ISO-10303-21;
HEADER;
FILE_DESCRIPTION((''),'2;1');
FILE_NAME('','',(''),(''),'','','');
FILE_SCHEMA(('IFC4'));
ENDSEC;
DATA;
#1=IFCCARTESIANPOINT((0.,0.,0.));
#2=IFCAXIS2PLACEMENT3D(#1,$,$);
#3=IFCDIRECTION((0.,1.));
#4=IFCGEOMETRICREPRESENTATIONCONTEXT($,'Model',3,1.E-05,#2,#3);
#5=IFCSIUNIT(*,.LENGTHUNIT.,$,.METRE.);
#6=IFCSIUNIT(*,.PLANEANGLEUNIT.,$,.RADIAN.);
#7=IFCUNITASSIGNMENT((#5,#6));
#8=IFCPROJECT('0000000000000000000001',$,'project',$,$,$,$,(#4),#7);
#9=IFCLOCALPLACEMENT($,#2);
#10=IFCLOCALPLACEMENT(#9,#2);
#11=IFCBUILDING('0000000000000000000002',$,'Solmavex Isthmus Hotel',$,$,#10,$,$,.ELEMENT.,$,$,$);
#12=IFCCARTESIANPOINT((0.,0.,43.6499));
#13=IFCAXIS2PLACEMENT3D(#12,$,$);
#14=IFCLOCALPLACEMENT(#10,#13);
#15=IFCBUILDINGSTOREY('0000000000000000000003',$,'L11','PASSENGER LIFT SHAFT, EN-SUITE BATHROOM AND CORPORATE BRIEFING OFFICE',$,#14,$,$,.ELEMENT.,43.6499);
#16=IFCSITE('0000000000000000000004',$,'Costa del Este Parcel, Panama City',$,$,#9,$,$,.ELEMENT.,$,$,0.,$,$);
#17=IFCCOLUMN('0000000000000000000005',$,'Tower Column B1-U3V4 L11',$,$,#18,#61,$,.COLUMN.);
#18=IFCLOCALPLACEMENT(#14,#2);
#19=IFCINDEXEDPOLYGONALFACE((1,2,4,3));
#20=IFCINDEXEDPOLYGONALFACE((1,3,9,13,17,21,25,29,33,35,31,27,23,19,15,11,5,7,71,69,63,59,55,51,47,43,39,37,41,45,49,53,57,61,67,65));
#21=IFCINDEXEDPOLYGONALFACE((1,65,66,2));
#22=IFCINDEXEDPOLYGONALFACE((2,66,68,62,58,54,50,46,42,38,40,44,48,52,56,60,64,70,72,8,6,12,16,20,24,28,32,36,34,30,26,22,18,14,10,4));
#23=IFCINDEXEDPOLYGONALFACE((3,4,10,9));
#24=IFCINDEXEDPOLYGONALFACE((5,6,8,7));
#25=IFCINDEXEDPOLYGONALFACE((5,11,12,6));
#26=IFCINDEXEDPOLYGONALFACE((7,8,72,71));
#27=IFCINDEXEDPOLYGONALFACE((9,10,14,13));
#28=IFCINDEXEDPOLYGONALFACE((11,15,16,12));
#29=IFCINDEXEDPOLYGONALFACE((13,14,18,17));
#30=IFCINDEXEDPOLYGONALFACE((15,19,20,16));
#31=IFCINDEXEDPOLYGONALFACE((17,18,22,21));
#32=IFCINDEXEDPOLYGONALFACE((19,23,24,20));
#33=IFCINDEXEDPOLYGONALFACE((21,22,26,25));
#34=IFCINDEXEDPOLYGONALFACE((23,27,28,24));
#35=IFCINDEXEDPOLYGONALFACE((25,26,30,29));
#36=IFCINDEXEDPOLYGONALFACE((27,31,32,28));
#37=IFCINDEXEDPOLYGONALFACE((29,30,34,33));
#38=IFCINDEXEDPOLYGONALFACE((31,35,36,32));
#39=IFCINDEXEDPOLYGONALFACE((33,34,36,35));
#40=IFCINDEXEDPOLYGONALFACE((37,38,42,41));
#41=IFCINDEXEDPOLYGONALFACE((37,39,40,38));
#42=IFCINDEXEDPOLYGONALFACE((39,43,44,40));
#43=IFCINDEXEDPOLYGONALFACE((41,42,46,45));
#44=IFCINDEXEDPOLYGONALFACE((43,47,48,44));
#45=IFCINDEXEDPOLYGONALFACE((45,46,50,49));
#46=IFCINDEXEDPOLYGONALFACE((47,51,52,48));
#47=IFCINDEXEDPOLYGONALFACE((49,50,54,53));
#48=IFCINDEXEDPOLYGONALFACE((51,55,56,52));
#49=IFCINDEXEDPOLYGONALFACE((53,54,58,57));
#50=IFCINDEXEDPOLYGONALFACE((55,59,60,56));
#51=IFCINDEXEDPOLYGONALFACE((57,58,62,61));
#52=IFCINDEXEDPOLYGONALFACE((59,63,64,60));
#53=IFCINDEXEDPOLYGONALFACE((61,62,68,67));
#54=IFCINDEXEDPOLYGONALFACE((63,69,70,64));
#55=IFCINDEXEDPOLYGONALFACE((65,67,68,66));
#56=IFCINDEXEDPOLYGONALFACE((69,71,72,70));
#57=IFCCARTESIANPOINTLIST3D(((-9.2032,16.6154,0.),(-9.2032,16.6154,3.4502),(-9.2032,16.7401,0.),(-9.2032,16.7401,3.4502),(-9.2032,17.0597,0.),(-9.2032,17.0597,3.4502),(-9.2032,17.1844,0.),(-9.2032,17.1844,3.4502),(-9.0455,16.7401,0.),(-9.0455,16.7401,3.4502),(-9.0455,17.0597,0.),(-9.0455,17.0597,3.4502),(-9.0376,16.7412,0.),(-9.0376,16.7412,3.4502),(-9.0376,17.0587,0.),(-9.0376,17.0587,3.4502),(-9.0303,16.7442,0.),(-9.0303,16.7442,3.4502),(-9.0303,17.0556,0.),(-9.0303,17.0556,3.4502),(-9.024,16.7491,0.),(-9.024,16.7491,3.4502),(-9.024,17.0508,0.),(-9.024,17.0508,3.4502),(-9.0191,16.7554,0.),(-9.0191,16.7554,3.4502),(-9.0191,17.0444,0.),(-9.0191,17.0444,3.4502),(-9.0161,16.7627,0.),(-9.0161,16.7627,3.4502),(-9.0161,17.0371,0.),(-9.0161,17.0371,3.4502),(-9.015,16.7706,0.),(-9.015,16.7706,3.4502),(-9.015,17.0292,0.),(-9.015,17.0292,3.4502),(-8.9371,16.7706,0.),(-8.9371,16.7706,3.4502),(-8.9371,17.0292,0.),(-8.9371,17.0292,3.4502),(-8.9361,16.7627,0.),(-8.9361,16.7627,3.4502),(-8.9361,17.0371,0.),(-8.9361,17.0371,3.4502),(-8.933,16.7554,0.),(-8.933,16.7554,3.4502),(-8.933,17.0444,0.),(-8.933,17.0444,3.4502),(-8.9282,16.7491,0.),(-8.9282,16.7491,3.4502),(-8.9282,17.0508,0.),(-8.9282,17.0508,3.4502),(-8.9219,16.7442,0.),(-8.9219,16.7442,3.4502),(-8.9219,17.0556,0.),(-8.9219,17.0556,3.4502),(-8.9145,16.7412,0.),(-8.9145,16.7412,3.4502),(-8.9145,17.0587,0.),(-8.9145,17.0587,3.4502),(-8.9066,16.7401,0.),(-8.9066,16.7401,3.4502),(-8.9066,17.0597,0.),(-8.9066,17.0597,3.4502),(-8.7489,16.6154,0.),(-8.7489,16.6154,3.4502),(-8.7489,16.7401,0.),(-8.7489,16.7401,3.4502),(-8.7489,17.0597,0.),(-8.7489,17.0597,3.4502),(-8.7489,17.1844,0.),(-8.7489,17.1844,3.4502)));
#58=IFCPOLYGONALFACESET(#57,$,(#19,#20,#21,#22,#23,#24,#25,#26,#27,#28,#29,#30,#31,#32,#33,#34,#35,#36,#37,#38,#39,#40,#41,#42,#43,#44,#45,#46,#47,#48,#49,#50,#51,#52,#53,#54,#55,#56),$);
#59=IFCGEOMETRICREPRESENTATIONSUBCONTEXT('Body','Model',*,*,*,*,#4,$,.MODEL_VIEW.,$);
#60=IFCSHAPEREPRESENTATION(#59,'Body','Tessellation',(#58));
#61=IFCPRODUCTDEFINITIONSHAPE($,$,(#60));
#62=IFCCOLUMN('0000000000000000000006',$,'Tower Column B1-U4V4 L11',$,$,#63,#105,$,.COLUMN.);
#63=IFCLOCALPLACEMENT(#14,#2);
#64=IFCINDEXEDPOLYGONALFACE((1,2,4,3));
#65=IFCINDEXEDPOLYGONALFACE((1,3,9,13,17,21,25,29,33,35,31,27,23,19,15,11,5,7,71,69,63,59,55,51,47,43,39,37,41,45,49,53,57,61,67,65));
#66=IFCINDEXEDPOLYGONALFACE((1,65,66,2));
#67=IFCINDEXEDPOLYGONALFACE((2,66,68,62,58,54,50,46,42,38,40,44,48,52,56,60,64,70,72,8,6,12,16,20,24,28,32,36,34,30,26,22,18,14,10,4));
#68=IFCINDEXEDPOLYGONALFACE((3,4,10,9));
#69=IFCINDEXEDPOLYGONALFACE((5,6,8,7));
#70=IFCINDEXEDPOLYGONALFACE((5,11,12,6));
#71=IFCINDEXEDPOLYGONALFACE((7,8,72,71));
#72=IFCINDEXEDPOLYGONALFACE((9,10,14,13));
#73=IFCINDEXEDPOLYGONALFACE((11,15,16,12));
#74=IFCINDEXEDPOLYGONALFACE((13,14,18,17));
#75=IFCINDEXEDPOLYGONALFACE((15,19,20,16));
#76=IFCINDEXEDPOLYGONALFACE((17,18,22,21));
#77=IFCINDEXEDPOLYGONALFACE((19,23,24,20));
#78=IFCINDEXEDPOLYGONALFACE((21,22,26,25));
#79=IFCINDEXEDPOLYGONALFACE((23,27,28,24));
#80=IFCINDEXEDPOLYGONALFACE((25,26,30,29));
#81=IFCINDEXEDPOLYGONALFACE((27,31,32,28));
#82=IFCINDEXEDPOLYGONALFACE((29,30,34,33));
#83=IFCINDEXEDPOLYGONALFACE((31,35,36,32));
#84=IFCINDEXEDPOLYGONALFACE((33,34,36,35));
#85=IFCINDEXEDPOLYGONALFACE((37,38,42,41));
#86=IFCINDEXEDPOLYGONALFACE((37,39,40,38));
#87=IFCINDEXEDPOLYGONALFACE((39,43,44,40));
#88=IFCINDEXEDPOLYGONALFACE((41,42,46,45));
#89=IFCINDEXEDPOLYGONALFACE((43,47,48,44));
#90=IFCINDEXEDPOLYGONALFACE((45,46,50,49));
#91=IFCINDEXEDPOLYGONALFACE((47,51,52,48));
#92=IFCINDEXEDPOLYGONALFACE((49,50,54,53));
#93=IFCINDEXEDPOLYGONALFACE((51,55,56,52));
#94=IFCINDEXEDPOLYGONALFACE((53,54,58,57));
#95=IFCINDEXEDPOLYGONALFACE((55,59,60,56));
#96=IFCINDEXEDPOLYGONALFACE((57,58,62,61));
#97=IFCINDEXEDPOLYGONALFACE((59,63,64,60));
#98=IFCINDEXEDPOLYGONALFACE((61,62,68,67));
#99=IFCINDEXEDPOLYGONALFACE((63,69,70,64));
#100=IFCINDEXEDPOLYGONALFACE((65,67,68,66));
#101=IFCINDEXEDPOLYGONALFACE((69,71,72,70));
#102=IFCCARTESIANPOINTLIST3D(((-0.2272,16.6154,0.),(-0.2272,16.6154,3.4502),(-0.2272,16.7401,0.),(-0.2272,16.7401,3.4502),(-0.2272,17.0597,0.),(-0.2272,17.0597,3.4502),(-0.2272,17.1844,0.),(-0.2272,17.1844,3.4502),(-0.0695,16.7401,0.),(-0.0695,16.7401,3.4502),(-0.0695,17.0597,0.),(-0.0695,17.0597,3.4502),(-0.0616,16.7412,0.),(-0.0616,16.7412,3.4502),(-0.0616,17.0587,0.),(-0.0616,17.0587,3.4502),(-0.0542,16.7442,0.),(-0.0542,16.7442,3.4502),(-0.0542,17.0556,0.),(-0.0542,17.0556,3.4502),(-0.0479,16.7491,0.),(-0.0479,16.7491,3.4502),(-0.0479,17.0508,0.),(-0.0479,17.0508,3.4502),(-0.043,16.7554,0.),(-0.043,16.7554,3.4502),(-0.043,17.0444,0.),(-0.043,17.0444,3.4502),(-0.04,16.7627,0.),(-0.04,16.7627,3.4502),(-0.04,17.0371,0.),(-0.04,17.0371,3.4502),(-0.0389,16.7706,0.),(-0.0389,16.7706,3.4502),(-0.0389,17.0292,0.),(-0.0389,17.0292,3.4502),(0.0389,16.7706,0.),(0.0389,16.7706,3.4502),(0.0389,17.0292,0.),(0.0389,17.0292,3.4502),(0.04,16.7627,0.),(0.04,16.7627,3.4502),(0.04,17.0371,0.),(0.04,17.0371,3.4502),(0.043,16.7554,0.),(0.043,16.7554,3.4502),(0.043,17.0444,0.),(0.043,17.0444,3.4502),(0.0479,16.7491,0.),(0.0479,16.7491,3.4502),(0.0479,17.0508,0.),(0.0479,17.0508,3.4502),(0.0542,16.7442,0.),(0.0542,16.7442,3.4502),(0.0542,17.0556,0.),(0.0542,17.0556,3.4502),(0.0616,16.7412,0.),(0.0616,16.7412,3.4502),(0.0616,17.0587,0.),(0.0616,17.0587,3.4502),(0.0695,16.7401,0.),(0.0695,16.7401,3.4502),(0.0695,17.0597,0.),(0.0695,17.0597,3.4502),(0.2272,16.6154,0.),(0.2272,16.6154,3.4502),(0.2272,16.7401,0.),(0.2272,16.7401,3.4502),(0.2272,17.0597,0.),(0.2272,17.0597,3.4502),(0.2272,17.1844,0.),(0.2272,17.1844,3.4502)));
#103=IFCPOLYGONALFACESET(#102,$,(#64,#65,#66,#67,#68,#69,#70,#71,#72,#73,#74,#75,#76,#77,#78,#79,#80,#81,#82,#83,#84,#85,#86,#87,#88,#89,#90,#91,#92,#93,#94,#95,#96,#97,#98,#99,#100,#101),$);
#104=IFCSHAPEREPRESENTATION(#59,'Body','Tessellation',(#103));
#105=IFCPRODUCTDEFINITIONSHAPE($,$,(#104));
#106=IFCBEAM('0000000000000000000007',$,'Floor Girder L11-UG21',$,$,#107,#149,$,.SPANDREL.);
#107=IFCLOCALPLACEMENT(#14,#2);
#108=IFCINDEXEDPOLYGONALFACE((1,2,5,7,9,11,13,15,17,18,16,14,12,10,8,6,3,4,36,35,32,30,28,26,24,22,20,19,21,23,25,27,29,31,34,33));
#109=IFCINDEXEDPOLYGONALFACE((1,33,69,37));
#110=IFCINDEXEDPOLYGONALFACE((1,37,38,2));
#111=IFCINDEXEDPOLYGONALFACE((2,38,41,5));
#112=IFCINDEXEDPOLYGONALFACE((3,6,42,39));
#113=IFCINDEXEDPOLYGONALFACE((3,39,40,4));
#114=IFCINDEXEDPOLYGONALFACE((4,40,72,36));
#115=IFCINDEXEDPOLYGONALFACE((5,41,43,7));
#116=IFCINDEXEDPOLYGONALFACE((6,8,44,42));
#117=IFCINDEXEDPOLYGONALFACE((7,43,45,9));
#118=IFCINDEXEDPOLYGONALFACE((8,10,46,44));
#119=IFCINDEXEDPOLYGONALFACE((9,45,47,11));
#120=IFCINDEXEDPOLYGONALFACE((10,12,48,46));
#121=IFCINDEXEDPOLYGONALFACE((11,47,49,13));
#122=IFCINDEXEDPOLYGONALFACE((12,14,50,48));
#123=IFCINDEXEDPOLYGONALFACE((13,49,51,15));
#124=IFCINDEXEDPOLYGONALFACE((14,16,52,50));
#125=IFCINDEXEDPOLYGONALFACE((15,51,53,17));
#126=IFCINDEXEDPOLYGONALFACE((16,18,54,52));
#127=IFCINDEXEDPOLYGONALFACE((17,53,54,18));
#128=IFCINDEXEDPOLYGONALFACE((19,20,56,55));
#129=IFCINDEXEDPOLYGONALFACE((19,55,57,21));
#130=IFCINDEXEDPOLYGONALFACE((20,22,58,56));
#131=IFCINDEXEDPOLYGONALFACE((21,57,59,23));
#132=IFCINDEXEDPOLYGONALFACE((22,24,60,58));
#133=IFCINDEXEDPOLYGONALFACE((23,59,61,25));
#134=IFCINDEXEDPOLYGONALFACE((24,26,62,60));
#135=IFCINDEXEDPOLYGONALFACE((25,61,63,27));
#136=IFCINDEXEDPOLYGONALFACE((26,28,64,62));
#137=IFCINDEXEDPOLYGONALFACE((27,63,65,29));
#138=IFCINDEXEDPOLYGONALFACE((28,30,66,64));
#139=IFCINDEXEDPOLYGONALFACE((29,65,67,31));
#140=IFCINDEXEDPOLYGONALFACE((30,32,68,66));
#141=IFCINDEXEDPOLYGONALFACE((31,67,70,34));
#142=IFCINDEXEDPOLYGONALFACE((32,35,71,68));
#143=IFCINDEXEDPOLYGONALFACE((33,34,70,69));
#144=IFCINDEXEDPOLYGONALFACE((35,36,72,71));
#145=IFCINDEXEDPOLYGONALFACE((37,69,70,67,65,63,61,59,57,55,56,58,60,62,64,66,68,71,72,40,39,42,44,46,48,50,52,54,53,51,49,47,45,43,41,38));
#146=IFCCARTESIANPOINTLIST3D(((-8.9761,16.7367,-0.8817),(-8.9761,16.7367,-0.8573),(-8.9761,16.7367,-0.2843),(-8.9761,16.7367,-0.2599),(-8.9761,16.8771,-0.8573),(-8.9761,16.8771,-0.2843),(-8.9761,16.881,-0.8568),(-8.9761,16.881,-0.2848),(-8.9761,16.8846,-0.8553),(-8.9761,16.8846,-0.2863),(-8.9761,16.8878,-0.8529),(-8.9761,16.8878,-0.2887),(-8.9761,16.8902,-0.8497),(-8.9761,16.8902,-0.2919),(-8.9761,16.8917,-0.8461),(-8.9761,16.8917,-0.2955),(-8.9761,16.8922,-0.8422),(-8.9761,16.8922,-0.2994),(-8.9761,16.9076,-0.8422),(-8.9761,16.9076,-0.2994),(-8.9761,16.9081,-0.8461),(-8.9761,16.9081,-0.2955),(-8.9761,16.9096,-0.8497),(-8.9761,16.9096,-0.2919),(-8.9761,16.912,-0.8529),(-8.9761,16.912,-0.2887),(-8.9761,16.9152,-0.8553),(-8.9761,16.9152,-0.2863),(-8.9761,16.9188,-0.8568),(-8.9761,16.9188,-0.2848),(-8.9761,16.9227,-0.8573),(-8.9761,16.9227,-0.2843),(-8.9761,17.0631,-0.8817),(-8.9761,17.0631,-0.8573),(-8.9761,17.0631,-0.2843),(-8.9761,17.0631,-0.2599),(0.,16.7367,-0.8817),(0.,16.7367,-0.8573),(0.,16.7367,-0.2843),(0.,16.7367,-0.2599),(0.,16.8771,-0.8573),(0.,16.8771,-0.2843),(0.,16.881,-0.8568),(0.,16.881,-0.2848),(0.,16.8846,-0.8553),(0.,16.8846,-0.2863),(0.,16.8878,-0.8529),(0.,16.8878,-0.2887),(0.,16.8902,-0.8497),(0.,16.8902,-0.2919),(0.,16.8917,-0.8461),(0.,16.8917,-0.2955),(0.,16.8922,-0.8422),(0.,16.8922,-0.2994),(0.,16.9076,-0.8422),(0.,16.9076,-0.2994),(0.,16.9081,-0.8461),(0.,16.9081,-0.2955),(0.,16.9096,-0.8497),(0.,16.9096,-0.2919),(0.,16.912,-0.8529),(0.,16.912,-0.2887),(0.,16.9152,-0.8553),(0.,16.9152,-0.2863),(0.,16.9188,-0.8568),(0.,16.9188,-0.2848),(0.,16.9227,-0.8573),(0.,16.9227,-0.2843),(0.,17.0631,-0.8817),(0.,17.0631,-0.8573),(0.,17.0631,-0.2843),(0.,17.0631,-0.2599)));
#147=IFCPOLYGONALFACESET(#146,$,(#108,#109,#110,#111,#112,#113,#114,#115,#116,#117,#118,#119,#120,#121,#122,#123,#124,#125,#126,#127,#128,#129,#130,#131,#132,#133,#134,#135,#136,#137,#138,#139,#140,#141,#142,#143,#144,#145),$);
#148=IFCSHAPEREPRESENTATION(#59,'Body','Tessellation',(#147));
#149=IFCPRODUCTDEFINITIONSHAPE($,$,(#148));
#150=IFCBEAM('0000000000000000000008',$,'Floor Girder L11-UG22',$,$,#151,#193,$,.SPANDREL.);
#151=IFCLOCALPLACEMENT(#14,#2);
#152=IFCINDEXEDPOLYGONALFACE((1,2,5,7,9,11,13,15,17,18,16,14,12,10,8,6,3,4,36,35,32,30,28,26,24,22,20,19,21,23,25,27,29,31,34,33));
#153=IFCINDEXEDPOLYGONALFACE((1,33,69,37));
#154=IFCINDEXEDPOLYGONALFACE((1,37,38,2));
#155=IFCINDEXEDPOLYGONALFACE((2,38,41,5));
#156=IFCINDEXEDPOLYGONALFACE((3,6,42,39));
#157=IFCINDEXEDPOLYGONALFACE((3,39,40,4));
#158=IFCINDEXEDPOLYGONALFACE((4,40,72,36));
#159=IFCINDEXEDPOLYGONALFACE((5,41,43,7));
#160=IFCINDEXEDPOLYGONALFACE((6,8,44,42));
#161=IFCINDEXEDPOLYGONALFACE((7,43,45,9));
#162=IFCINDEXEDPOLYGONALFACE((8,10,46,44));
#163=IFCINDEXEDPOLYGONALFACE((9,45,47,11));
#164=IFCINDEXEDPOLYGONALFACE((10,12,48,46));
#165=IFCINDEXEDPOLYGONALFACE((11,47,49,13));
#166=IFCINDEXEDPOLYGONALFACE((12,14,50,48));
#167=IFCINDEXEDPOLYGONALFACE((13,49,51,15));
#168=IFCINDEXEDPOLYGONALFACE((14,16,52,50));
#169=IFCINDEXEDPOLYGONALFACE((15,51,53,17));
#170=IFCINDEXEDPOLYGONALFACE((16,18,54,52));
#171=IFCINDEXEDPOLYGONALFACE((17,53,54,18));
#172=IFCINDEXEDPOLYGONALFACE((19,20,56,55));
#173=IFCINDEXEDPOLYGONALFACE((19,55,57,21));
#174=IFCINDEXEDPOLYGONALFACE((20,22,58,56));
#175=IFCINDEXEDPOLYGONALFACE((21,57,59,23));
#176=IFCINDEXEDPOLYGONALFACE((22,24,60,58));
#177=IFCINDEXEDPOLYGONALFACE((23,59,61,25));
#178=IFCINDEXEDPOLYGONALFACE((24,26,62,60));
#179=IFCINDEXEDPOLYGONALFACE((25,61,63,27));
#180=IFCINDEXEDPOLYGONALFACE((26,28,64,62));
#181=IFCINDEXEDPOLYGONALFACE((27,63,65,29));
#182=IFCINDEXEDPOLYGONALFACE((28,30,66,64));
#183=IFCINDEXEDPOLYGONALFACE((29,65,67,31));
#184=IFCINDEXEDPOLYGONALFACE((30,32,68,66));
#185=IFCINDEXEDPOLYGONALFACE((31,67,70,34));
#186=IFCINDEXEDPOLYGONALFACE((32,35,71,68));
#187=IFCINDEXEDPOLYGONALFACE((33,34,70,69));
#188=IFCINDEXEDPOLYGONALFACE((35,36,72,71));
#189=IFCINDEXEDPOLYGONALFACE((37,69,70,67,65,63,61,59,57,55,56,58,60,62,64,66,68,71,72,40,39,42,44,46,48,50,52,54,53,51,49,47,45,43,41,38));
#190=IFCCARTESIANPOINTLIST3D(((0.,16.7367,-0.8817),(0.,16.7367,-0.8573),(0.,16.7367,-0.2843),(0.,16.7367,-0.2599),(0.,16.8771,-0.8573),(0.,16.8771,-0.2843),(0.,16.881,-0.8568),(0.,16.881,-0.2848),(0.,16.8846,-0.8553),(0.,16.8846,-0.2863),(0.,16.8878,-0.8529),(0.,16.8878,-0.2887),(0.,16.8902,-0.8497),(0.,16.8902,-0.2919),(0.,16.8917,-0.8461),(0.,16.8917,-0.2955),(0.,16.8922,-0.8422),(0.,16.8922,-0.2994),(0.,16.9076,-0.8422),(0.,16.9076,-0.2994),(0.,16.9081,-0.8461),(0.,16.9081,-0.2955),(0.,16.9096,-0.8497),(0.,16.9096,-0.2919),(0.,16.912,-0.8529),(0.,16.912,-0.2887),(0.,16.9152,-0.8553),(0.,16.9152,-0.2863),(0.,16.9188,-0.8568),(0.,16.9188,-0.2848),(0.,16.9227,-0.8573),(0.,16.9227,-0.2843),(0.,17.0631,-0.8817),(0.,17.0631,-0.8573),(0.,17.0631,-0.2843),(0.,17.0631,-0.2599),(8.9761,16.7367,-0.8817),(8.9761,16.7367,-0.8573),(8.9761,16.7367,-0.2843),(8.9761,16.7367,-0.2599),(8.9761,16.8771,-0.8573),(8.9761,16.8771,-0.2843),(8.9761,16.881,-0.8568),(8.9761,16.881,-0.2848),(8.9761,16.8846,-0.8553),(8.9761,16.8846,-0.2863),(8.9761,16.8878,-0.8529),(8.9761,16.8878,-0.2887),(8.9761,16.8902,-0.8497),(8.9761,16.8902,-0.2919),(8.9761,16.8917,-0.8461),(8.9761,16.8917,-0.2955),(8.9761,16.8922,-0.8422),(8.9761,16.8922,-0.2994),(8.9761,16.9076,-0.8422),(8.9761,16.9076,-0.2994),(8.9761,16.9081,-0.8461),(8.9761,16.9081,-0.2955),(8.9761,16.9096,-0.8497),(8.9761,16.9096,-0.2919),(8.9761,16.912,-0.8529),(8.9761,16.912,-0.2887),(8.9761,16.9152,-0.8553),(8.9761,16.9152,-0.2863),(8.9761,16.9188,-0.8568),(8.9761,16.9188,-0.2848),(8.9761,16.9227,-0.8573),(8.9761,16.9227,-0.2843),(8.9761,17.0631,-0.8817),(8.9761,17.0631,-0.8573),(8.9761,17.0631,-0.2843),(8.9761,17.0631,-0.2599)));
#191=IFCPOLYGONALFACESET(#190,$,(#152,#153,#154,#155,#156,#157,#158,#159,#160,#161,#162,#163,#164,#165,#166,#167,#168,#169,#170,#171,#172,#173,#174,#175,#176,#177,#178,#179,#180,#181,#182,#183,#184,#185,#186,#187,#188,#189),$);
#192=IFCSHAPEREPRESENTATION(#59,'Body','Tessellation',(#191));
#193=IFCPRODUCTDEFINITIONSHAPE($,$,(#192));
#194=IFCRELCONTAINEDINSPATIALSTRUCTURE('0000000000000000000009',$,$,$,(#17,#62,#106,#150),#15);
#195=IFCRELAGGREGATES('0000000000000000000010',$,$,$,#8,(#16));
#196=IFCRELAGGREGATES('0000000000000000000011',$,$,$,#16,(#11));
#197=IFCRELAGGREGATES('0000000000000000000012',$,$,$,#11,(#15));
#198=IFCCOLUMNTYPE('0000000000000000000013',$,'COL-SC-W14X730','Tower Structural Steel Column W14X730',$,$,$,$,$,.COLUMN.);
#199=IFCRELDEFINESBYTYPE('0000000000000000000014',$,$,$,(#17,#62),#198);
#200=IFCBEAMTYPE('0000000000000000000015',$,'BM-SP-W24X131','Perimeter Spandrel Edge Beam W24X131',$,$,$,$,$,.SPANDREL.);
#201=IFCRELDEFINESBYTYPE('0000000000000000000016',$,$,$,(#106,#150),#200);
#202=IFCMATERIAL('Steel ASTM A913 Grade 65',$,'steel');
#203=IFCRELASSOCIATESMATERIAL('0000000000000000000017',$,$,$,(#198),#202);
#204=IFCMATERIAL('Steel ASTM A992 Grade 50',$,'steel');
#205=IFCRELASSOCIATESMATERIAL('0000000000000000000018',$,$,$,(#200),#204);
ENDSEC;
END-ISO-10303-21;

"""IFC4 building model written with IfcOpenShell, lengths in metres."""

from ifc_helpers import new_model, si_unit, direction, frame, origin, origin_2d, place, context, subcontext, project, spatial, i_section, extrude, material, material_profile, profile_set, type_object, element, save


model = new_model("IFC4")

# Units and contexts
model_context = context("Model", 3, precision=1e-05, world=origin(), true_north=direction((0.0, 1.0)))
body_context = subcontext(model_context, "Body", "Model", "MODEL_VIEW")
ifc_project = project(units=[si_unit("LENGTHUNIT", "METRE"), si_unit("PLANEANGLEUNIT", "RADIAN")], contexts=[model_context])

# Site, building, storey
site_placement = place(None, origin())
site = spatial("IfcSite", under=ifc_project, at=site_placement, Name="Costa del Este Parcel, Panama City", CompositionType="ELEMENT", RefElevation=0.0)
building_placement = place(site_placement, origin())
building = spatial("IfcBuilding", under=site, at=building_placement, Name="Solmavex Isthmus Hotel", CompositionType="ELEMENT")
storey_placement = place(building_placement, frame((0.0, 0.0, 43.6499)))
storey = spatial("IfcBuildingStorey", under=building, at=storey_placement, Name="L11", Description="PASSENGER LIFT SHAFT, EN-SUITE BATHROOM AND CORPORATE BRIEFING OFFICE", CompositionType="ELEMENT", Elevation=43.6499)

# Columns
ifc_material_1 = material(Name="Steel ASTM A913 Grade 65", Category="steel")
ifc_material_profile_1 = material_profile(ifc_material_1, i_section(OverallWidth=0.4543, OverallDepth=0.5691, WebThickness=0.0779, FlangeThickness=0.1248, FilletRadius=0.0305, at=origin_2d()), Name="W14X730")
ifc_profile_set_1 = profile_set([ifc_material_profile_1], Name="Steel ASTM A913 Grade 65")
column_type = type_object("IfcColumnType", Name="COL-SC-W14X730", Description="Tower Structural Steel Column W14X730", PredefinedType="COLUMN", material=ifc_profile_set_1)
for number, where, z_axis, x_axis, name in (
    (1, (-8.9761, 16.8999, 0.0), (0.0, 0.0, 1.0), (1.0, 0.0, 0.0), "Tower Column B1-U3V4 L11"),
    (2, (0.0, 16.8999, 0.0), (0.0, 0.0, 1.0), (1.0, 0.0, 0.0), "Tower Column B1-U4V4 L11"),
):
    element("IfcColumn", number, at=place(storey_placement, frame(where, z_axis=z_axis, x_axis=x_axis)), inside=storey, type_object=column_type, Name=name, PredefinedType="COLUMN", context=body_context, shape_type="SweptSolid", body=[
        extrude(i_section(OverallWidth=0.4543, OverallDepth=0.5691, WebThickness=0.0779, FlangeThickness=0.1248, FilletRadius=0.0305, at=origin_2d()), origin(), (0.0, 0.0, 1.0), 3.4502),
    ])

# Beams
ifc_material_2 = material(Name="Steel ASTM A992 Grade 50", Category="steel")
ifc_material_profile_2 = material_profile(ifc_material_2, i_section(OverallWidth=0.3264, OverallDepth=0.6218, WebThickness=0.0154, FlangeThickness=0.0244, FilletRadius=0.0151, at=origin_2d()), Name="W24X131")
ifc_profile_set_2 = profile_set([ifc_material_profile_2], Name="Steel ASTM A992 Grade 50")
beam_type = type_object("IfcBeamType", Name="BM-SP-W24X131", Description="Perimeter Spandrel Edge Beam W24X131", PredefinedType="SPANDREL", material=ifc_profile_set_2)
for number, where, z_axis, x_axis, name in (
    (3, (-8.9761, 16.8999, -0.5708), (1.0, 0.0, 0.0), (0.0, 1.0, 0.0), "Floor Girder L11-UG21"),
    (4, (0.0, 16.8999, -0.5708), (1.0, 0.0, 0.0), (0.0, 1.0, 0.0), "Floor Girder L11-UG22"),
):
    element("IfcBeam", number, at=place(storey_placement, frame(where, z_axis=z_axis, x_axis=x_axis)), inside=storey, type_object=beam_type, Name=name, PredefinedType="SPANDREL", context=body_context, shape_type="SweptSolid", body=[
        extrude(i_section(OverallWidth=0.3264, OverallDepth=0.6218, WebThickness=0.0154, FlangeThickness=0.0244, FilletRadius=0.0151, at=origin_2d()), origin(), (0.0, 0.0, 1.0), 8.9761),
    ])

save(model, "model.ifc")
